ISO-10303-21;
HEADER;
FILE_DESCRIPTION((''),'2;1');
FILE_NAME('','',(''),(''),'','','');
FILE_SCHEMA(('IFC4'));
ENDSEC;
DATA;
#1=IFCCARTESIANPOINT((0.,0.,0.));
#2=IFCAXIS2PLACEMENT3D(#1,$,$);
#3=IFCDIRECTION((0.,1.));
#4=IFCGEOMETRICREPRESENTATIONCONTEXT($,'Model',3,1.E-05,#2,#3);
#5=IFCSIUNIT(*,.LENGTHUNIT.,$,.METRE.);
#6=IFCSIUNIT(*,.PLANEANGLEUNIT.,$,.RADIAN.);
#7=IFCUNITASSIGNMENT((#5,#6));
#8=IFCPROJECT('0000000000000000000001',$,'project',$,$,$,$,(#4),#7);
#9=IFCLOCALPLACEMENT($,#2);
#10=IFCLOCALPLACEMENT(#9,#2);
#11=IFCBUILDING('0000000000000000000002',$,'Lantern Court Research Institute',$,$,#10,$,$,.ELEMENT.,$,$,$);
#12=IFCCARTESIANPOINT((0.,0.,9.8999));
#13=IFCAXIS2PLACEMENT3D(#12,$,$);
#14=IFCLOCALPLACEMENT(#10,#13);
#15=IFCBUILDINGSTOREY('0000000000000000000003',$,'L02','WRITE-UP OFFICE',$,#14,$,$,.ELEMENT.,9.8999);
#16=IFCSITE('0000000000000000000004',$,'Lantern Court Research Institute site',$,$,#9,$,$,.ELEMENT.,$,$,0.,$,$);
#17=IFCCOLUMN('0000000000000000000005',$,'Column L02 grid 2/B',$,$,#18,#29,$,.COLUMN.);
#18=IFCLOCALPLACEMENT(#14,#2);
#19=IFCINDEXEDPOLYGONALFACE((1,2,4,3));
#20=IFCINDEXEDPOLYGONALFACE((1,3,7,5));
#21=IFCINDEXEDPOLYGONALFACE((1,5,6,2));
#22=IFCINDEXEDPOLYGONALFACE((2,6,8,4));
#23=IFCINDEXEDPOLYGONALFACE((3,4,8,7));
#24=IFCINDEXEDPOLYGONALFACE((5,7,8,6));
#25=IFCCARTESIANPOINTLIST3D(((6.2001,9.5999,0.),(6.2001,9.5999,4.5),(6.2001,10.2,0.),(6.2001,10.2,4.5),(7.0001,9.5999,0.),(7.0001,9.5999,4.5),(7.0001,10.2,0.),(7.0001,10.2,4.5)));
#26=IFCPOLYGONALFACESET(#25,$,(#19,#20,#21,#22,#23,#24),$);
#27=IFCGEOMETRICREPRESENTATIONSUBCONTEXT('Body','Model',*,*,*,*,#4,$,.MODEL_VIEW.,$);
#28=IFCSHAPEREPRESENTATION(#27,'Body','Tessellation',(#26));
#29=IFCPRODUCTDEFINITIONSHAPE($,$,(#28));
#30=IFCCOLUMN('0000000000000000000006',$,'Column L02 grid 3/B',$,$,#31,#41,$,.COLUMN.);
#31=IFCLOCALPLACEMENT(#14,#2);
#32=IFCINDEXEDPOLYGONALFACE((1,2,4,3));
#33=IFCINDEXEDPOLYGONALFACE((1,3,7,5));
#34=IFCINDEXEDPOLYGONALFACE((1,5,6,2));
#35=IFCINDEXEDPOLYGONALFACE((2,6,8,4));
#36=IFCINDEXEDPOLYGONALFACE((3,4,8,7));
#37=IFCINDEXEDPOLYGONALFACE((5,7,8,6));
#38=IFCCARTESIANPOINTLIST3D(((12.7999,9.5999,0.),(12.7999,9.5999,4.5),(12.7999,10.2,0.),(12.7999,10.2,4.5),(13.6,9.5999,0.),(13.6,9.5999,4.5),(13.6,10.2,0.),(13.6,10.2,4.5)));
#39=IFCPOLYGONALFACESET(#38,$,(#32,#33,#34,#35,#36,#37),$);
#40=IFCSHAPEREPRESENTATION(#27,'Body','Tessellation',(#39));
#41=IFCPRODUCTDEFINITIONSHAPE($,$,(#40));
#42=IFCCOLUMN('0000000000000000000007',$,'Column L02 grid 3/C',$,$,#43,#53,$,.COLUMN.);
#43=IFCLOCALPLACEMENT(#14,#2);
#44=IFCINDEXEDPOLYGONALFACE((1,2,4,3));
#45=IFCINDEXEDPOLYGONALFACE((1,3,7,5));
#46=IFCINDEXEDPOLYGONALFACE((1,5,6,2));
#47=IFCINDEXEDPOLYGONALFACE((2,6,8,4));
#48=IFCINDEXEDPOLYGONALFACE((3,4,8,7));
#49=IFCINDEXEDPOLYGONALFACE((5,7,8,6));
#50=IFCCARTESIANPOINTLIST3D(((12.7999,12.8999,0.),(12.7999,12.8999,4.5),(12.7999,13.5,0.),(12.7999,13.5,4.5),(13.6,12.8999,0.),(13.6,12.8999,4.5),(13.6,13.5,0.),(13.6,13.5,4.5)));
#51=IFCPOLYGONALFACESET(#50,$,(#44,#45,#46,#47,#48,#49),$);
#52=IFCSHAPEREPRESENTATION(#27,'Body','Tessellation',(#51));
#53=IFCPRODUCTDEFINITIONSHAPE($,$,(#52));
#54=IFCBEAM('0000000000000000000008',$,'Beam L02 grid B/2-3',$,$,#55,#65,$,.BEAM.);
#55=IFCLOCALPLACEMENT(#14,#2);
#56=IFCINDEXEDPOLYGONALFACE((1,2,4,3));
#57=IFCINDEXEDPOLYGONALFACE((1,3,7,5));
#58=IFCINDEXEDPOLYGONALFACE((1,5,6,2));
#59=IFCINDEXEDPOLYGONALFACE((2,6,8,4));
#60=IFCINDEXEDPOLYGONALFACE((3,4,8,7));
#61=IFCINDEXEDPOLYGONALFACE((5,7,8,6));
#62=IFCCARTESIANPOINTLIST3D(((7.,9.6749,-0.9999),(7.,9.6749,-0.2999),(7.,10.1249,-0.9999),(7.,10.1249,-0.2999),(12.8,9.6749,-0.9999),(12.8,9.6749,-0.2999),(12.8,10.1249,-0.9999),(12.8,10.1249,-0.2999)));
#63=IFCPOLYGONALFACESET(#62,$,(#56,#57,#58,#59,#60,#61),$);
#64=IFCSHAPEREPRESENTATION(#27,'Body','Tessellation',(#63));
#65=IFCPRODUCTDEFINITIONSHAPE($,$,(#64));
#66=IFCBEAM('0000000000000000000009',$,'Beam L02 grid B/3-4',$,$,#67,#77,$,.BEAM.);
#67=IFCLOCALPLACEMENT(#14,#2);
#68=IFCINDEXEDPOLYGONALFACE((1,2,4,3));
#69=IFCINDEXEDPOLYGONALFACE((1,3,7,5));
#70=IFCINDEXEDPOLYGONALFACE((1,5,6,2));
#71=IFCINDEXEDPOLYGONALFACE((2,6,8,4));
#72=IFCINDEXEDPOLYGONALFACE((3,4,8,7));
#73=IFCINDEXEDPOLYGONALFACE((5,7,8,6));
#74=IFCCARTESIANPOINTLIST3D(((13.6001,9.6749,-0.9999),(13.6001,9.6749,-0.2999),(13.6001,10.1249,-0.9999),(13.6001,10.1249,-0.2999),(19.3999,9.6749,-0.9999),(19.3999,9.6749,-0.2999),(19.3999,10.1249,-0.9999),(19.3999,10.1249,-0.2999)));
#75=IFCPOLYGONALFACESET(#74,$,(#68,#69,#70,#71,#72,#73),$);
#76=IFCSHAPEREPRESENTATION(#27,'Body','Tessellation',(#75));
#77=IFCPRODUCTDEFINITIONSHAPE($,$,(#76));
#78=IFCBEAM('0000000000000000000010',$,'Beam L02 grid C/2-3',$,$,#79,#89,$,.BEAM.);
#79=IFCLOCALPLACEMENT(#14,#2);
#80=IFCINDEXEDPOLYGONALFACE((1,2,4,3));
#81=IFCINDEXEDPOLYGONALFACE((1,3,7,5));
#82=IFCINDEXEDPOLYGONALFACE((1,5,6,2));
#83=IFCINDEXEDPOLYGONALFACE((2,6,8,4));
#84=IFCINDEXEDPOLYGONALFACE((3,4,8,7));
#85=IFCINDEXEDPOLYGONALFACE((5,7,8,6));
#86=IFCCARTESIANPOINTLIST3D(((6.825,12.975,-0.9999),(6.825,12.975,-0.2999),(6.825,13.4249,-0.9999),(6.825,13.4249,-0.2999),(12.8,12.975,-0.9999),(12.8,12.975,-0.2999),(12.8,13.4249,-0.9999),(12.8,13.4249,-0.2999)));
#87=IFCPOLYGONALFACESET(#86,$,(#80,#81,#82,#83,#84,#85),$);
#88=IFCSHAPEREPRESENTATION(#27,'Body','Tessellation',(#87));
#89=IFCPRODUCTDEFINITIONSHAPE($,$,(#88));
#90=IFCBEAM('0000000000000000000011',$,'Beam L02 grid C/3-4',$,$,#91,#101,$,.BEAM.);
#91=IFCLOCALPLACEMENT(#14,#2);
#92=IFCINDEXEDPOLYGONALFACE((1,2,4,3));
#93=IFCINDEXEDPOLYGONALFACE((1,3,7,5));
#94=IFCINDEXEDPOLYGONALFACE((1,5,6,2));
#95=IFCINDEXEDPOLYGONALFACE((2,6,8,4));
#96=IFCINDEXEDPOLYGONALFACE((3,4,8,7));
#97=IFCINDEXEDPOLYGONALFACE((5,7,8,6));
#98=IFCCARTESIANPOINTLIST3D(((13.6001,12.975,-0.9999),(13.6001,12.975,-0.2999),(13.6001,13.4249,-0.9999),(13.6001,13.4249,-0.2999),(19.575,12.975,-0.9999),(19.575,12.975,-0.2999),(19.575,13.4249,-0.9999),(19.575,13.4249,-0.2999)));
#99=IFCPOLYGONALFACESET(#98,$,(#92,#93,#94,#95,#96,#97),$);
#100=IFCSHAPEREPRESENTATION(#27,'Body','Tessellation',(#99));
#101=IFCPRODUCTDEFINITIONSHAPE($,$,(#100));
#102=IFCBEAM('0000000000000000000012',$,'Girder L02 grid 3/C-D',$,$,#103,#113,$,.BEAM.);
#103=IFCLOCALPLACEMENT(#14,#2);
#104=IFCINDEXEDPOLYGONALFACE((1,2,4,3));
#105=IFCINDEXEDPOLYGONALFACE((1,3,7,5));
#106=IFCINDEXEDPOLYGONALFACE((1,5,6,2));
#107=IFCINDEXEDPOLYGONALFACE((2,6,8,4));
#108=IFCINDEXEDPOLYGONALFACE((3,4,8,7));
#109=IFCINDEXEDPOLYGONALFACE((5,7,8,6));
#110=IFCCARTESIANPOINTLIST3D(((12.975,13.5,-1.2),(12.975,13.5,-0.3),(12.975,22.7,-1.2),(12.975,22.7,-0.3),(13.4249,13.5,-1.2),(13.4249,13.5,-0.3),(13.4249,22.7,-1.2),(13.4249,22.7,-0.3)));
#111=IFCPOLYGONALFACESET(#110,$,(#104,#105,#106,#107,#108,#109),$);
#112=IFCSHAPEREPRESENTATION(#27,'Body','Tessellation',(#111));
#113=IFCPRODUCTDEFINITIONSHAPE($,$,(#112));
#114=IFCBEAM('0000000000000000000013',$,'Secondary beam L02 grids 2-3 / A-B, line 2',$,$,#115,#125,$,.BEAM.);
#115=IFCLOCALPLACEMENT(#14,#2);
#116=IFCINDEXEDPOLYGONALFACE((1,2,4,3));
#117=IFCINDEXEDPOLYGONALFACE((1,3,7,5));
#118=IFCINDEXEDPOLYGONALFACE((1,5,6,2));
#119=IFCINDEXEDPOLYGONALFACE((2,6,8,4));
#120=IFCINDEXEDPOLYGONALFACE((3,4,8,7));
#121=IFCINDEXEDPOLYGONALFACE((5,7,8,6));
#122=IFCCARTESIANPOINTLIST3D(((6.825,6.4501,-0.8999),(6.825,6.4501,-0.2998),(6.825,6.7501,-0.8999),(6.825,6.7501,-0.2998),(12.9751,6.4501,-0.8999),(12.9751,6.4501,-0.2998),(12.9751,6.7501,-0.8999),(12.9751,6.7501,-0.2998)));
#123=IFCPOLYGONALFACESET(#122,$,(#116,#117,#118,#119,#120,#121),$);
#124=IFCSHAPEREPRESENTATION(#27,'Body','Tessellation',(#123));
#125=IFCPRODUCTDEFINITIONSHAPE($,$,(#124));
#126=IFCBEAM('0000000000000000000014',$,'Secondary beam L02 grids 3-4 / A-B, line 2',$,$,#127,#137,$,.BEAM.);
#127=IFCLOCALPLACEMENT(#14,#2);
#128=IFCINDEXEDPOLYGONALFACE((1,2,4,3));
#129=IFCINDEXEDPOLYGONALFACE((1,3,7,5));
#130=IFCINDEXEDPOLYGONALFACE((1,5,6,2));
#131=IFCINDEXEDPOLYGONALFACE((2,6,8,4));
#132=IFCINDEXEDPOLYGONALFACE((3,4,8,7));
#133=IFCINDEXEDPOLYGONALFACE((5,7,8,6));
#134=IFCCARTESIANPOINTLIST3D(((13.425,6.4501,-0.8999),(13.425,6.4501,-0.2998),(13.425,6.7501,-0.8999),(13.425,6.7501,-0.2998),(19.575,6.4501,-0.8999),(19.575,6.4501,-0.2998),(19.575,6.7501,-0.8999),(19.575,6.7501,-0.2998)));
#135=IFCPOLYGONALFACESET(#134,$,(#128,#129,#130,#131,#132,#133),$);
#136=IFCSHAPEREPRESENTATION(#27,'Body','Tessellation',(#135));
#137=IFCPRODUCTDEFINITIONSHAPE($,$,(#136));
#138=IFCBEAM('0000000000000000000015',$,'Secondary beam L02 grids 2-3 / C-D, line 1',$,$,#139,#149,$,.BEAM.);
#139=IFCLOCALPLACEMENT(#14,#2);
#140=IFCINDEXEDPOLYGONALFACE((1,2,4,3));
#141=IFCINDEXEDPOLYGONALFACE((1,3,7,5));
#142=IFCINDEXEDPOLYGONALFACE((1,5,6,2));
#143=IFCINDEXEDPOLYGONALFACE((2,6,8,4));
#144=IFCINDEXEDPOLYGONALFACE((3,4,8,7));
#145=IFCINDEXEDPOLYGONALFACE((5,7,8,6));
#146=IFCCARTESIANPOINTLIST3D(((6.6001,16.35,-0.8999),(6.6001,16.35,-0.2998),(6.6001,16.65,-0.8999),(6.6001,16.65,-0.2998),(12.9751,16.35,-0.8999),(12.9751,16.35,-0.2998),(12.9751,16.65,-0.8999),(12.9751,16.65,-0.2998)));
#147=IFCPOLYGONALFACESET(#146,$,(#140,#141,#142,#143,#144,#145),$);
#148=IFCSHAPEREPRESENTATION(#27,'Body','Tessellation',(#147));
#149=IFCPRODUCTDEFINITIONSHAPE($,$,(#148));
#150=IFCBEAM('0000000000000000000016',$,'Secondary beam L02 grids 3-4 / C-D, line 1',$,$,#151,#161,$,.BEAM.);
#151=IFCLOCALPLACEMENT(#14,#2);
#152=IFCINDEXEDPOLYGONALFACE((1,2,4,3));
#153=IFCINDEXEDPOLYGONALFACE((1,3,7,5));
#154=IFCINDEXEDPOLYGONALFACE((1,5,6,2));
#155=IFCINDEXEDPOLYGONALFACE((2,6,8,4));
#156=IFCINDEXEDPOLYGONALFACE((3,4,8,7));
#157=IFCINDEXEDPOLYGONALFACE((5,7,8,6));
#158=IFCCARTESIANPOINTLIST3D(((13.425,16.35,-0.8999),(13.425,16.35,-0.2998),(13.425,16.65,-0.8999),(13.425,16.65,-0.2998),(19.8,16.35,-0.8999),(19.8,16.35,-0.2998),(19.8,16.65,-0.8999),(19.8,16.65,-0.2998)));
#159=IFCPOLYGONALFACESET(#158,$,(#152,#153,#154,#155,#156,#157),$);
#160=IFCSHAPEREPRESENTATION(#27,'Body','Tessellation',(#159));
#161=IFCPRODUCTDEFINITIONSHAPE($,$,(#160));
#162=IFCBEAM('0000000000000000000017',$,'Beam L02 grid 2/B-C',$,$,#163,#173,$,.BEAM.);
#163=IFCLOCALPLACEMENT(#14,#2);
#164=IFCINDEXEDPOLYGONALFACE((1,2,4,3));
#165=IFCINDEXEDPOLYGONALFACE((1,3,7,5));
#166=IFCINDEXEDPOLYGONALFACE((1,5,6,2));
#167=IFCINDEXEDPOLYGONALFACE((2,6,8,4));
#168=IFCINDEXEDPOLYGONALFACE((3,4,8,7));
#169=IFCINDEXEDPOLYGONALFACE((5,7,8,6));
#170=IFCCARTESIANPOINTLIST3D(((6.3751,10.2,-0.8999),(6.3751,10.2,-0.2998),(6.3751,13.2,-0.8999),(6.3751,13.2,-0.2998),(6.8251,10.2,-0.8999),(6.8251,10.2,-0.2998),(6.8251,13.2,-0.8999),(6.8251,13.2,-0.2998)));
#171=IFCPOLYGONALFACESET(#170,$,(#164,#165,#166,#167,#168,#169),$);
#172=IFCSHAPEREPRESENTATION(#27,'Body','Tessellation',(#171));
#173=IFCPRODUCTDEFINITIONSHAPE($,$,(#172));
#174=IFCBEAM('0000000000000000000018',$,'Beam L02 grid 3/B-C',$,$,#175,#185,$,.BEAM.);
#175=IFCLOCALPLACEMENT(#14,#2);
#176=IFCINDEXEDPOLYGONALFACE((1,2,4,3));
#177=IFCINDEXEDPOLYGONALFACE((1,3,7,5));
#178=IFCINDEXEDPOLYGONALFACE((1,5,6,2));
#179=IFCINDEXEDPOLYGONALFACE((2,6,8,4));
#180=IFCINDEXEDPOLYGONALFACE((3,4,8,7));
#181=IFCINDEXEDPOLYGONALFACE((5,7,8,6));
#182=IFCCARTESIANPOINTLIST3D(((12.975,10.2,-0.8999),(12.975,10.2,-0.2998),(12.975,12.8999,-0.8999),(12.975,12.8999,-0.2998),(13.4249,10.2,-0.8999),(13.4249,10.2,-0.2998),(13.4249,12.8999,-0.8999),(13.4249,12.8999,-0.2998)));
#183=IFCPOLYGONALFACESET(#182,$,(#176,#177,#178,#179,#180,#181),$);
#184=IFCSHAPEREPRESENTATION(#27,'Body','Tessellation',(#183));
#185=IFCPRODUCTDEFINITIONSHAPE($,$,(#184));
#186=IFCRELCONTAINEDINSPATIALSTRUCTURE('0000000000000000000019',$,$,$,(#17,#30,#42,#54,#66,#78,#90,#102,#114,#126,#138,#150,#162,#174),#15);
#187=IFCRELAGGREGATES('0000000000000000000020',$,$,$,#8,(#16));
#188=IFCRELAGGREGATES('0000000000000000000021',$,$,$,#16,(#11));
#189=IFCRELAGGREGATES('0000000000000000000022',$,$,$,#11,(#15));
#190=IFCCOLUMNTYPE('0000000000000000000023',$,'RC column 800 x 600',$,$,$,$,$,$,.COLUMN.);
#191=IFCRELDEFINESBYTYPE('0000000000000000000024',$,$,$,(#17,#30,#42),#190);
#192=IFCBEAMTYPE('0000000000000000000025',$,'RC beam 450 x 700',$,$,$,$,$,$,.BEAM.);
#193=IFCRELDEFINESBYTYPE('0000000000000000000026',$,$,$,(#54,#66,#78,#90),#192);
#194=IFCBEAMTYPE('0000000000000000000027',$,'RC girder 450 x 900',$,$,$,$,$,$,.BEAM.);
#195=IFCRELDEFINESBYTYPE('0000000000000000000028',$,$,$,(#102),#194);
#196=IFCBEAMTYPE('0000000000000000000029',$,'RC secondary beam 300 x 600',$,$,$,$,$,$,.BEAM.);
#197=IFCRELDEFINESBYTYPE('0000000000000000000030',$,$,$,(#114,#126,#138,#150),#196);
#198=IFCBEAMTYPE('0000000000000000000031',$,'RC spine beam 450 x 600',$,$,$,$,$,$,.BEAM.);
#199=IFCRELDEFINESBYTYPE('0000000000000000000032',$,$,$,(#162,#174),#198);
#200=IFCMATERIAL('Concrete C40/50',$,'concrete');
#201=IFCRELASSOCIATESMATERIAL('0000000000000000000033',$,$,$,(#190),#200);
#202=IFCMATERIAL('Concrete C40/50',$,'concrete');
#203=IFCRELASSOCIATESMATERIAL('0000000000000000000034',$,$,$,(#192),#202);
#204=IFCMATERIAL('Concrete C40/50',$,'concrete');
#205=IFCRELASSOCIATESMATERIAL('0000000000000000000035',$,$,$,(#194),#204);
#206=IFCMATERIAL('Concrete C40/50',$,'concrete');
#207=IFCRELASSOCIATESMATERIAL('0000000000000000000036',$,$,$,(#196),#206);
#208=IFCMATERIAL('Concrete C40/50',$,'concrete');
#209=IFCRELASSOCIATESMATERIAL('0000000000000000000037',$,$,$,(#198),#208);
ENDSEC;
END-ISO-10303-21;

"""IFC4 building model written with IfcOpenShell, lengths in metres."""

from ifc_helpers import new_model, si_unit, direction, frame, origin, origin_2d, place, context, subcontext, project, spatial, rectangle, extrude, material, material_profile, profile_set, type_object, element, save


model = new_model("IFC4")

# Units and contexts
model_context = context("Model", 3, precision=1e-05, world=origin(), true_north=direction((0.0, 1.0)))
body_context = subcontext(model_context, "Body", "Model", "MODEL_VIEW")
ifc_project = project(units=[si_unit("LENGTHUNIT", "METRE"), si_unit("PLANEANGLEUNIT", "RADIAN")], contexts=[model_context])

# Site, building, storey
site_placement = place(None, origin())
site = spatial("IfcSite", under=ifc_project, at=site_placement, Name="Lantern Court Research Institute site", CompositionType="ELEMENT", RefElevation=0.0)
building_placement = place(site_placement, origin())
building = spatial("IfcBuilding", under=site, at=building_placement, Name="Lantern Court Research Institute", CompositionType="ELEMENT")
storey_placement = place(building_placement, frame((0.0, 0.0, 9.8999)))
storey = spatial("IfcBuildingStorey", under=building, at=storey_placement, Name="L02", Description="WRITE-UP OFFICE", CompositionType="ELEMENT", Elevation=9.8999)

# Columns
ifc_material_1 = material(Name="Concrete C40/50", Category="concrete")
ifc_material_profile_1 = material_profile(ifc_material_1, rectangle(XDim=0.8, YDim=0.6001, at=origin_2d()), Name="RC column 800 x 600")
ifc_profile_set_1 = profile_set([ifc_material_profile_1], Name="Concrete C40/50")
column_type = type_object("IfcColumnType", Name="RC column 800 x 600", PredefinedType="COLUMN", material=ifc_profile_set_1)
for number, where, z_axis, x_axis, name in (
    (1, (6.6001, 9.8999, 0.0), (0.0, 0.0, 1.0), (1.0, 0.0, 0.0), "Column L02 grid 2/B"),
    (2, (13.2, 9.8999, 0.0), (0.0, 0.0, 1.0), (1.0, 0.0, 0.0), "Column L02 grid 3/B"),
    (3, (13.2, 13.2, 0.0), (0.0, 0.0, 1.0), (1.0, 0.0, 0.0), "Column L02 grid 3/C"),
):
    element("IfcColumn", number, at=place(storey_placement, frame(where, z_axis=z_axis, x_axis=x_axis)), inside=storey, type_object=column_type, Name=name, PredefinedType="COLUMN", context=body_context, shape_type="SweptSolid", body=[
        extrude(rectangle(XDim=0.8, YDim=0.6001, at=origin_2d()), origin(), (0.0, 0.0, 1.0), 4.5),
    ])

# Beams
ifc_material_2 = material(Name="Concrete C40/50", Category="concrete")
ifc_material_profile_2 = material_profile(ifc_material_2, rectangle(XDim=0.45, YDim=0.7, at=origin_2d()), Name="RC beam 450 x 700")
ifc_profile_set_2 = profile_set([ifc_material_profile_2], Name="Concrete C40/50")
beam_type_1 = type_object("IfcBeamType", Name="RC beam 450 x 700", PredefinedType="BEAM", material=ifc_profile_set_2)
beam_1_placement = place(storey_placement, frame((7.0, 9.8999, -0.6499), z_axis=(1.0, 0.0, 0.0), x_axis=(0.0, 1.0, 0.0)))
element("IfcBeam", 4, at=beam_1_placement, inside=storey, type_object=beam_type_1, Name="Beam L02 grid B/2-3", PredefinedType="BEAM", context=body_context, shape_type="SweptSolid", body=[
    extrude(rectangle(XDim=0.45, YDim=0.7, at=origin_2d()), origin(), (0.0, 0.0, 1.0), 5.8),
])
beam_2_placement = place(storey_placement, frame((13.6001, 9.8999, -0.6499), z_axis=(1.0, 0.0, 0.0), x_axis=(0.0, 1.0, 0.0)))
element("IfcBeam", 5, at=beam_2_placement, inside=storey, type_object=beam_type_1, Name="Beam L02 grid B/3-4", PredefinedType="BEAM", context=body_context, shape_type="SweptSolid", body=[
    extrude(rectangle(XDim=0.45, YDim=0.7, at=origin_2d()), origin(), (0.0, 0.0, 1.0), 5.7998),
])
beam_3_placement = place(storey_placement, frame((6.825, 13.2, -0.6499), z_axis=(1.0, 0.0, 0.0), x_axis=(0.0, 1.0, 0.0)))
element("IfcBeam", 6, at=beam_3_placement, inside=storey, type_object=beam_type_1, Name="Beam L02 grid C/2-3", PredefinedType="BEAM", context=body_context, shape_type="SweptSolid", body=[
    extrude(rectangle(XDim=0.45, YDim=0.7, at=origin_2d()), origin(), (0.0, 0.0, 1.0), 5.9751),
])
beam_4_placement = place(storey_placement, frame((13.6001, 13.2, -0.6499), z_axis=(1.0, 0.0, 0.0), x_axis=(0.0, 1.0, 0.0)))
element("IfcBeam", 7, at=beam_4_placement, inside=storey, type_object=beam_type_1, Name="Beam L02 grid C/3-4", PredefinedType="BEAM", context=body_context, shape_type="SweptSolid", body=[
    extrude(rectangle(XDim=0.45, YDim=0.7, at=origin_2d()), origin(), (0.0, 0.0, 1.0), 5.9749),
])
ifc_material_3 = material(Name="Concrete C40/50", Category="concrete")
ifc_material_profile_3 = material_profile(ifc_material_3, rectangle(XDim=0.45, YDim=0.8999, at=origin_2d()), Name="RC beam 450 x 900")
ifc_profile_set_3 = profile_set([ifc_material_profile_3], Name="Concrete C40/50")
beam_type_2 = type_object("IfcBeamType", Name="RC girder 450 x 900", PredefinedType="BEAM", material=ifc_profile_set_3)
beam_5_placement = place(storey_placement, frame((13.2, 13.5, -0.75), z_axis=(0.0, 1.0, 0.0), x_axis=(-1.0, 0.0, 0.0)))
element("IfcBeam", 8, at=beam_5_placement, inside=storey, type_object=beam_type_2, Name="Girder L02 grid 3/C-D", PredefinedType="BEAM", context=body_context, shape_type="SweptSolid", body=[
    extrude(rectangle(XDim=0.45, YDim=0.8999, at=origin_2d()), origin(), (0.0, 0.0, 1.0), 9.2),
])
ifc_material_4 = material(Name="Concrete C40/50", Category="concrete")
ifc_material_profile_4 = material_profile(ifc_material_4, rectangle(XDim=0.3, YDim=0.6001, at=origin_2d()), Name="RC beam 300 x 600")
ifc_profile_set_4 = profile_set([ifc_material_profile_4], Name="Concrete C40/50")
beam_type_3 = type_object("IfcBeamType", Name="RC secondary beam 300 x 600", PredefinedType="BEAM", material=ifc_profile_set_4)
beam_6_placement = place(storey_placement, frame((6.825, 6.6001, -0.5999), z_axis=(1.0, 0.0, 0.0), x_axis=(0.0, 1.0, 0.0)))
element("IfcBeam", 9, at=beam_6_placement, inside=storey, type_object=beam_type_3, Name="Secondary beam L02 grids 2-3 / A-B, line 2", PredefinedType="BEAM", context=body_context, shape_type="SweptSolid", body=[
    extrude(rectangle(XDim=0.3, YDim=0.6001, at=origin_2d()), origin(), (0.0, 0.0, 1.0), 6.1501),
])
beam_7_placement = place(storey_placement, frame((13.425, 6.6001, -0.5999), z_axis=(1.0, 0.0, 0.0), x_axis=(0.0, 1.0, 0.0)))
element("IfcBeam", 10, at=beam_7_placement, inside=storey, type_object=beam_type_3, Name="Secondary beam L02 grids 3-4 / A-B, line 2", PredefinedType="BEAM", context=body_context, shape_type="SweptSolid", body=[
    extrude(rectangle(XDim=0.3, YDim=0.6001, at=origin_2d()), origin(), (0.0, 0.0, 1.0), 6.1499),
])
for number, where, z_axis, x_axis, name in (
    (11, (6.6001, 16.5, -0.5999), (1.0, 0.0, 0.0), (0.0, 1.0, 0.0), "Secondary beam L02 grids 2-3 / C-D, line 1"),
    (12, (13.425, 16.5, -0.5999), (1.0, 0.0, 0.0), (0.0, 1.0, 0.0), "Secondary beam L02 grids 3-4 / C-D, line 1"),
):
    element("IfcBeam", number, at=place(storey_placement, frame(where, z_axis=z_axis, x_axis=x_axis)), inside=storey, type_object=beam_type_3, Name=name, PredefinedType="BEAM", context=body_context, shape_type="SweptSolid", body=[
        extrude(rectangle(XDim=0.3, YDim=0.6001, at=origin_2d()), origin(), (0.0, 0.0, 1.0), 6.375),
    ])
ifc_material_5 = material(Name="Concrete C40/50", Category="concrete")
ifc_material_profile_5 = material_profile(ifc_material_5, rectangle(XDim=0.45, YDim=0.6001, at=origin_2d()), Name="RC beam 450 x 600")
ifc_profile_set_5 = profile_set([ifc_material_profile_5], Name="Concrete C40/50")
beam_type_4 = type_object("IfcBeamType", Name="RC spine beam 450 x 600", PredefinedType="BEAM", material=ifc_profile_set_5)
beam_8_placement = place(storey_placement, frame((6.6001, 10.2, -0.5999), z_axis=(0.0, 1.0, 0.0), x_axis=(-1.0, 0.0, 0.0)))
element("IfcBeam", 13, at=beam_8_placement, inside=storey, type_object=beam_type_4, Name="Beam L02 grid 2/B-C", PredefinedType="BEAM", context=body_context, shape_type="SweptSolid", body=[
    extrude(rectangle(XDim=0.45, YDim=0.6001, at=origin_2d()), origin(), (0.0, 0.0, 1.0), 3.0),
])
beam_9_placement = place(storey_placement, frame((13.2, 10.2, -0.5999), z_axis=(0.0, 1.0, 0.0), x_axis=(-1.0, 0.0, 0.0)))
element("IfcBeam", 14, at=beam_9_placement, inside=storey, type_object=beam_type_4, Name="Beam L02 grid 3/B-C", PredefinedType="BEAM", context=body_context, shape_type="SweptSolid", body=[
    extrude(rectangle(XDim=0.45, YDim=0.6001, at=origin_2d()), origin(), (0.0, 0.0, 1.0), 2.7),
])

save(model, "model.ifc")
